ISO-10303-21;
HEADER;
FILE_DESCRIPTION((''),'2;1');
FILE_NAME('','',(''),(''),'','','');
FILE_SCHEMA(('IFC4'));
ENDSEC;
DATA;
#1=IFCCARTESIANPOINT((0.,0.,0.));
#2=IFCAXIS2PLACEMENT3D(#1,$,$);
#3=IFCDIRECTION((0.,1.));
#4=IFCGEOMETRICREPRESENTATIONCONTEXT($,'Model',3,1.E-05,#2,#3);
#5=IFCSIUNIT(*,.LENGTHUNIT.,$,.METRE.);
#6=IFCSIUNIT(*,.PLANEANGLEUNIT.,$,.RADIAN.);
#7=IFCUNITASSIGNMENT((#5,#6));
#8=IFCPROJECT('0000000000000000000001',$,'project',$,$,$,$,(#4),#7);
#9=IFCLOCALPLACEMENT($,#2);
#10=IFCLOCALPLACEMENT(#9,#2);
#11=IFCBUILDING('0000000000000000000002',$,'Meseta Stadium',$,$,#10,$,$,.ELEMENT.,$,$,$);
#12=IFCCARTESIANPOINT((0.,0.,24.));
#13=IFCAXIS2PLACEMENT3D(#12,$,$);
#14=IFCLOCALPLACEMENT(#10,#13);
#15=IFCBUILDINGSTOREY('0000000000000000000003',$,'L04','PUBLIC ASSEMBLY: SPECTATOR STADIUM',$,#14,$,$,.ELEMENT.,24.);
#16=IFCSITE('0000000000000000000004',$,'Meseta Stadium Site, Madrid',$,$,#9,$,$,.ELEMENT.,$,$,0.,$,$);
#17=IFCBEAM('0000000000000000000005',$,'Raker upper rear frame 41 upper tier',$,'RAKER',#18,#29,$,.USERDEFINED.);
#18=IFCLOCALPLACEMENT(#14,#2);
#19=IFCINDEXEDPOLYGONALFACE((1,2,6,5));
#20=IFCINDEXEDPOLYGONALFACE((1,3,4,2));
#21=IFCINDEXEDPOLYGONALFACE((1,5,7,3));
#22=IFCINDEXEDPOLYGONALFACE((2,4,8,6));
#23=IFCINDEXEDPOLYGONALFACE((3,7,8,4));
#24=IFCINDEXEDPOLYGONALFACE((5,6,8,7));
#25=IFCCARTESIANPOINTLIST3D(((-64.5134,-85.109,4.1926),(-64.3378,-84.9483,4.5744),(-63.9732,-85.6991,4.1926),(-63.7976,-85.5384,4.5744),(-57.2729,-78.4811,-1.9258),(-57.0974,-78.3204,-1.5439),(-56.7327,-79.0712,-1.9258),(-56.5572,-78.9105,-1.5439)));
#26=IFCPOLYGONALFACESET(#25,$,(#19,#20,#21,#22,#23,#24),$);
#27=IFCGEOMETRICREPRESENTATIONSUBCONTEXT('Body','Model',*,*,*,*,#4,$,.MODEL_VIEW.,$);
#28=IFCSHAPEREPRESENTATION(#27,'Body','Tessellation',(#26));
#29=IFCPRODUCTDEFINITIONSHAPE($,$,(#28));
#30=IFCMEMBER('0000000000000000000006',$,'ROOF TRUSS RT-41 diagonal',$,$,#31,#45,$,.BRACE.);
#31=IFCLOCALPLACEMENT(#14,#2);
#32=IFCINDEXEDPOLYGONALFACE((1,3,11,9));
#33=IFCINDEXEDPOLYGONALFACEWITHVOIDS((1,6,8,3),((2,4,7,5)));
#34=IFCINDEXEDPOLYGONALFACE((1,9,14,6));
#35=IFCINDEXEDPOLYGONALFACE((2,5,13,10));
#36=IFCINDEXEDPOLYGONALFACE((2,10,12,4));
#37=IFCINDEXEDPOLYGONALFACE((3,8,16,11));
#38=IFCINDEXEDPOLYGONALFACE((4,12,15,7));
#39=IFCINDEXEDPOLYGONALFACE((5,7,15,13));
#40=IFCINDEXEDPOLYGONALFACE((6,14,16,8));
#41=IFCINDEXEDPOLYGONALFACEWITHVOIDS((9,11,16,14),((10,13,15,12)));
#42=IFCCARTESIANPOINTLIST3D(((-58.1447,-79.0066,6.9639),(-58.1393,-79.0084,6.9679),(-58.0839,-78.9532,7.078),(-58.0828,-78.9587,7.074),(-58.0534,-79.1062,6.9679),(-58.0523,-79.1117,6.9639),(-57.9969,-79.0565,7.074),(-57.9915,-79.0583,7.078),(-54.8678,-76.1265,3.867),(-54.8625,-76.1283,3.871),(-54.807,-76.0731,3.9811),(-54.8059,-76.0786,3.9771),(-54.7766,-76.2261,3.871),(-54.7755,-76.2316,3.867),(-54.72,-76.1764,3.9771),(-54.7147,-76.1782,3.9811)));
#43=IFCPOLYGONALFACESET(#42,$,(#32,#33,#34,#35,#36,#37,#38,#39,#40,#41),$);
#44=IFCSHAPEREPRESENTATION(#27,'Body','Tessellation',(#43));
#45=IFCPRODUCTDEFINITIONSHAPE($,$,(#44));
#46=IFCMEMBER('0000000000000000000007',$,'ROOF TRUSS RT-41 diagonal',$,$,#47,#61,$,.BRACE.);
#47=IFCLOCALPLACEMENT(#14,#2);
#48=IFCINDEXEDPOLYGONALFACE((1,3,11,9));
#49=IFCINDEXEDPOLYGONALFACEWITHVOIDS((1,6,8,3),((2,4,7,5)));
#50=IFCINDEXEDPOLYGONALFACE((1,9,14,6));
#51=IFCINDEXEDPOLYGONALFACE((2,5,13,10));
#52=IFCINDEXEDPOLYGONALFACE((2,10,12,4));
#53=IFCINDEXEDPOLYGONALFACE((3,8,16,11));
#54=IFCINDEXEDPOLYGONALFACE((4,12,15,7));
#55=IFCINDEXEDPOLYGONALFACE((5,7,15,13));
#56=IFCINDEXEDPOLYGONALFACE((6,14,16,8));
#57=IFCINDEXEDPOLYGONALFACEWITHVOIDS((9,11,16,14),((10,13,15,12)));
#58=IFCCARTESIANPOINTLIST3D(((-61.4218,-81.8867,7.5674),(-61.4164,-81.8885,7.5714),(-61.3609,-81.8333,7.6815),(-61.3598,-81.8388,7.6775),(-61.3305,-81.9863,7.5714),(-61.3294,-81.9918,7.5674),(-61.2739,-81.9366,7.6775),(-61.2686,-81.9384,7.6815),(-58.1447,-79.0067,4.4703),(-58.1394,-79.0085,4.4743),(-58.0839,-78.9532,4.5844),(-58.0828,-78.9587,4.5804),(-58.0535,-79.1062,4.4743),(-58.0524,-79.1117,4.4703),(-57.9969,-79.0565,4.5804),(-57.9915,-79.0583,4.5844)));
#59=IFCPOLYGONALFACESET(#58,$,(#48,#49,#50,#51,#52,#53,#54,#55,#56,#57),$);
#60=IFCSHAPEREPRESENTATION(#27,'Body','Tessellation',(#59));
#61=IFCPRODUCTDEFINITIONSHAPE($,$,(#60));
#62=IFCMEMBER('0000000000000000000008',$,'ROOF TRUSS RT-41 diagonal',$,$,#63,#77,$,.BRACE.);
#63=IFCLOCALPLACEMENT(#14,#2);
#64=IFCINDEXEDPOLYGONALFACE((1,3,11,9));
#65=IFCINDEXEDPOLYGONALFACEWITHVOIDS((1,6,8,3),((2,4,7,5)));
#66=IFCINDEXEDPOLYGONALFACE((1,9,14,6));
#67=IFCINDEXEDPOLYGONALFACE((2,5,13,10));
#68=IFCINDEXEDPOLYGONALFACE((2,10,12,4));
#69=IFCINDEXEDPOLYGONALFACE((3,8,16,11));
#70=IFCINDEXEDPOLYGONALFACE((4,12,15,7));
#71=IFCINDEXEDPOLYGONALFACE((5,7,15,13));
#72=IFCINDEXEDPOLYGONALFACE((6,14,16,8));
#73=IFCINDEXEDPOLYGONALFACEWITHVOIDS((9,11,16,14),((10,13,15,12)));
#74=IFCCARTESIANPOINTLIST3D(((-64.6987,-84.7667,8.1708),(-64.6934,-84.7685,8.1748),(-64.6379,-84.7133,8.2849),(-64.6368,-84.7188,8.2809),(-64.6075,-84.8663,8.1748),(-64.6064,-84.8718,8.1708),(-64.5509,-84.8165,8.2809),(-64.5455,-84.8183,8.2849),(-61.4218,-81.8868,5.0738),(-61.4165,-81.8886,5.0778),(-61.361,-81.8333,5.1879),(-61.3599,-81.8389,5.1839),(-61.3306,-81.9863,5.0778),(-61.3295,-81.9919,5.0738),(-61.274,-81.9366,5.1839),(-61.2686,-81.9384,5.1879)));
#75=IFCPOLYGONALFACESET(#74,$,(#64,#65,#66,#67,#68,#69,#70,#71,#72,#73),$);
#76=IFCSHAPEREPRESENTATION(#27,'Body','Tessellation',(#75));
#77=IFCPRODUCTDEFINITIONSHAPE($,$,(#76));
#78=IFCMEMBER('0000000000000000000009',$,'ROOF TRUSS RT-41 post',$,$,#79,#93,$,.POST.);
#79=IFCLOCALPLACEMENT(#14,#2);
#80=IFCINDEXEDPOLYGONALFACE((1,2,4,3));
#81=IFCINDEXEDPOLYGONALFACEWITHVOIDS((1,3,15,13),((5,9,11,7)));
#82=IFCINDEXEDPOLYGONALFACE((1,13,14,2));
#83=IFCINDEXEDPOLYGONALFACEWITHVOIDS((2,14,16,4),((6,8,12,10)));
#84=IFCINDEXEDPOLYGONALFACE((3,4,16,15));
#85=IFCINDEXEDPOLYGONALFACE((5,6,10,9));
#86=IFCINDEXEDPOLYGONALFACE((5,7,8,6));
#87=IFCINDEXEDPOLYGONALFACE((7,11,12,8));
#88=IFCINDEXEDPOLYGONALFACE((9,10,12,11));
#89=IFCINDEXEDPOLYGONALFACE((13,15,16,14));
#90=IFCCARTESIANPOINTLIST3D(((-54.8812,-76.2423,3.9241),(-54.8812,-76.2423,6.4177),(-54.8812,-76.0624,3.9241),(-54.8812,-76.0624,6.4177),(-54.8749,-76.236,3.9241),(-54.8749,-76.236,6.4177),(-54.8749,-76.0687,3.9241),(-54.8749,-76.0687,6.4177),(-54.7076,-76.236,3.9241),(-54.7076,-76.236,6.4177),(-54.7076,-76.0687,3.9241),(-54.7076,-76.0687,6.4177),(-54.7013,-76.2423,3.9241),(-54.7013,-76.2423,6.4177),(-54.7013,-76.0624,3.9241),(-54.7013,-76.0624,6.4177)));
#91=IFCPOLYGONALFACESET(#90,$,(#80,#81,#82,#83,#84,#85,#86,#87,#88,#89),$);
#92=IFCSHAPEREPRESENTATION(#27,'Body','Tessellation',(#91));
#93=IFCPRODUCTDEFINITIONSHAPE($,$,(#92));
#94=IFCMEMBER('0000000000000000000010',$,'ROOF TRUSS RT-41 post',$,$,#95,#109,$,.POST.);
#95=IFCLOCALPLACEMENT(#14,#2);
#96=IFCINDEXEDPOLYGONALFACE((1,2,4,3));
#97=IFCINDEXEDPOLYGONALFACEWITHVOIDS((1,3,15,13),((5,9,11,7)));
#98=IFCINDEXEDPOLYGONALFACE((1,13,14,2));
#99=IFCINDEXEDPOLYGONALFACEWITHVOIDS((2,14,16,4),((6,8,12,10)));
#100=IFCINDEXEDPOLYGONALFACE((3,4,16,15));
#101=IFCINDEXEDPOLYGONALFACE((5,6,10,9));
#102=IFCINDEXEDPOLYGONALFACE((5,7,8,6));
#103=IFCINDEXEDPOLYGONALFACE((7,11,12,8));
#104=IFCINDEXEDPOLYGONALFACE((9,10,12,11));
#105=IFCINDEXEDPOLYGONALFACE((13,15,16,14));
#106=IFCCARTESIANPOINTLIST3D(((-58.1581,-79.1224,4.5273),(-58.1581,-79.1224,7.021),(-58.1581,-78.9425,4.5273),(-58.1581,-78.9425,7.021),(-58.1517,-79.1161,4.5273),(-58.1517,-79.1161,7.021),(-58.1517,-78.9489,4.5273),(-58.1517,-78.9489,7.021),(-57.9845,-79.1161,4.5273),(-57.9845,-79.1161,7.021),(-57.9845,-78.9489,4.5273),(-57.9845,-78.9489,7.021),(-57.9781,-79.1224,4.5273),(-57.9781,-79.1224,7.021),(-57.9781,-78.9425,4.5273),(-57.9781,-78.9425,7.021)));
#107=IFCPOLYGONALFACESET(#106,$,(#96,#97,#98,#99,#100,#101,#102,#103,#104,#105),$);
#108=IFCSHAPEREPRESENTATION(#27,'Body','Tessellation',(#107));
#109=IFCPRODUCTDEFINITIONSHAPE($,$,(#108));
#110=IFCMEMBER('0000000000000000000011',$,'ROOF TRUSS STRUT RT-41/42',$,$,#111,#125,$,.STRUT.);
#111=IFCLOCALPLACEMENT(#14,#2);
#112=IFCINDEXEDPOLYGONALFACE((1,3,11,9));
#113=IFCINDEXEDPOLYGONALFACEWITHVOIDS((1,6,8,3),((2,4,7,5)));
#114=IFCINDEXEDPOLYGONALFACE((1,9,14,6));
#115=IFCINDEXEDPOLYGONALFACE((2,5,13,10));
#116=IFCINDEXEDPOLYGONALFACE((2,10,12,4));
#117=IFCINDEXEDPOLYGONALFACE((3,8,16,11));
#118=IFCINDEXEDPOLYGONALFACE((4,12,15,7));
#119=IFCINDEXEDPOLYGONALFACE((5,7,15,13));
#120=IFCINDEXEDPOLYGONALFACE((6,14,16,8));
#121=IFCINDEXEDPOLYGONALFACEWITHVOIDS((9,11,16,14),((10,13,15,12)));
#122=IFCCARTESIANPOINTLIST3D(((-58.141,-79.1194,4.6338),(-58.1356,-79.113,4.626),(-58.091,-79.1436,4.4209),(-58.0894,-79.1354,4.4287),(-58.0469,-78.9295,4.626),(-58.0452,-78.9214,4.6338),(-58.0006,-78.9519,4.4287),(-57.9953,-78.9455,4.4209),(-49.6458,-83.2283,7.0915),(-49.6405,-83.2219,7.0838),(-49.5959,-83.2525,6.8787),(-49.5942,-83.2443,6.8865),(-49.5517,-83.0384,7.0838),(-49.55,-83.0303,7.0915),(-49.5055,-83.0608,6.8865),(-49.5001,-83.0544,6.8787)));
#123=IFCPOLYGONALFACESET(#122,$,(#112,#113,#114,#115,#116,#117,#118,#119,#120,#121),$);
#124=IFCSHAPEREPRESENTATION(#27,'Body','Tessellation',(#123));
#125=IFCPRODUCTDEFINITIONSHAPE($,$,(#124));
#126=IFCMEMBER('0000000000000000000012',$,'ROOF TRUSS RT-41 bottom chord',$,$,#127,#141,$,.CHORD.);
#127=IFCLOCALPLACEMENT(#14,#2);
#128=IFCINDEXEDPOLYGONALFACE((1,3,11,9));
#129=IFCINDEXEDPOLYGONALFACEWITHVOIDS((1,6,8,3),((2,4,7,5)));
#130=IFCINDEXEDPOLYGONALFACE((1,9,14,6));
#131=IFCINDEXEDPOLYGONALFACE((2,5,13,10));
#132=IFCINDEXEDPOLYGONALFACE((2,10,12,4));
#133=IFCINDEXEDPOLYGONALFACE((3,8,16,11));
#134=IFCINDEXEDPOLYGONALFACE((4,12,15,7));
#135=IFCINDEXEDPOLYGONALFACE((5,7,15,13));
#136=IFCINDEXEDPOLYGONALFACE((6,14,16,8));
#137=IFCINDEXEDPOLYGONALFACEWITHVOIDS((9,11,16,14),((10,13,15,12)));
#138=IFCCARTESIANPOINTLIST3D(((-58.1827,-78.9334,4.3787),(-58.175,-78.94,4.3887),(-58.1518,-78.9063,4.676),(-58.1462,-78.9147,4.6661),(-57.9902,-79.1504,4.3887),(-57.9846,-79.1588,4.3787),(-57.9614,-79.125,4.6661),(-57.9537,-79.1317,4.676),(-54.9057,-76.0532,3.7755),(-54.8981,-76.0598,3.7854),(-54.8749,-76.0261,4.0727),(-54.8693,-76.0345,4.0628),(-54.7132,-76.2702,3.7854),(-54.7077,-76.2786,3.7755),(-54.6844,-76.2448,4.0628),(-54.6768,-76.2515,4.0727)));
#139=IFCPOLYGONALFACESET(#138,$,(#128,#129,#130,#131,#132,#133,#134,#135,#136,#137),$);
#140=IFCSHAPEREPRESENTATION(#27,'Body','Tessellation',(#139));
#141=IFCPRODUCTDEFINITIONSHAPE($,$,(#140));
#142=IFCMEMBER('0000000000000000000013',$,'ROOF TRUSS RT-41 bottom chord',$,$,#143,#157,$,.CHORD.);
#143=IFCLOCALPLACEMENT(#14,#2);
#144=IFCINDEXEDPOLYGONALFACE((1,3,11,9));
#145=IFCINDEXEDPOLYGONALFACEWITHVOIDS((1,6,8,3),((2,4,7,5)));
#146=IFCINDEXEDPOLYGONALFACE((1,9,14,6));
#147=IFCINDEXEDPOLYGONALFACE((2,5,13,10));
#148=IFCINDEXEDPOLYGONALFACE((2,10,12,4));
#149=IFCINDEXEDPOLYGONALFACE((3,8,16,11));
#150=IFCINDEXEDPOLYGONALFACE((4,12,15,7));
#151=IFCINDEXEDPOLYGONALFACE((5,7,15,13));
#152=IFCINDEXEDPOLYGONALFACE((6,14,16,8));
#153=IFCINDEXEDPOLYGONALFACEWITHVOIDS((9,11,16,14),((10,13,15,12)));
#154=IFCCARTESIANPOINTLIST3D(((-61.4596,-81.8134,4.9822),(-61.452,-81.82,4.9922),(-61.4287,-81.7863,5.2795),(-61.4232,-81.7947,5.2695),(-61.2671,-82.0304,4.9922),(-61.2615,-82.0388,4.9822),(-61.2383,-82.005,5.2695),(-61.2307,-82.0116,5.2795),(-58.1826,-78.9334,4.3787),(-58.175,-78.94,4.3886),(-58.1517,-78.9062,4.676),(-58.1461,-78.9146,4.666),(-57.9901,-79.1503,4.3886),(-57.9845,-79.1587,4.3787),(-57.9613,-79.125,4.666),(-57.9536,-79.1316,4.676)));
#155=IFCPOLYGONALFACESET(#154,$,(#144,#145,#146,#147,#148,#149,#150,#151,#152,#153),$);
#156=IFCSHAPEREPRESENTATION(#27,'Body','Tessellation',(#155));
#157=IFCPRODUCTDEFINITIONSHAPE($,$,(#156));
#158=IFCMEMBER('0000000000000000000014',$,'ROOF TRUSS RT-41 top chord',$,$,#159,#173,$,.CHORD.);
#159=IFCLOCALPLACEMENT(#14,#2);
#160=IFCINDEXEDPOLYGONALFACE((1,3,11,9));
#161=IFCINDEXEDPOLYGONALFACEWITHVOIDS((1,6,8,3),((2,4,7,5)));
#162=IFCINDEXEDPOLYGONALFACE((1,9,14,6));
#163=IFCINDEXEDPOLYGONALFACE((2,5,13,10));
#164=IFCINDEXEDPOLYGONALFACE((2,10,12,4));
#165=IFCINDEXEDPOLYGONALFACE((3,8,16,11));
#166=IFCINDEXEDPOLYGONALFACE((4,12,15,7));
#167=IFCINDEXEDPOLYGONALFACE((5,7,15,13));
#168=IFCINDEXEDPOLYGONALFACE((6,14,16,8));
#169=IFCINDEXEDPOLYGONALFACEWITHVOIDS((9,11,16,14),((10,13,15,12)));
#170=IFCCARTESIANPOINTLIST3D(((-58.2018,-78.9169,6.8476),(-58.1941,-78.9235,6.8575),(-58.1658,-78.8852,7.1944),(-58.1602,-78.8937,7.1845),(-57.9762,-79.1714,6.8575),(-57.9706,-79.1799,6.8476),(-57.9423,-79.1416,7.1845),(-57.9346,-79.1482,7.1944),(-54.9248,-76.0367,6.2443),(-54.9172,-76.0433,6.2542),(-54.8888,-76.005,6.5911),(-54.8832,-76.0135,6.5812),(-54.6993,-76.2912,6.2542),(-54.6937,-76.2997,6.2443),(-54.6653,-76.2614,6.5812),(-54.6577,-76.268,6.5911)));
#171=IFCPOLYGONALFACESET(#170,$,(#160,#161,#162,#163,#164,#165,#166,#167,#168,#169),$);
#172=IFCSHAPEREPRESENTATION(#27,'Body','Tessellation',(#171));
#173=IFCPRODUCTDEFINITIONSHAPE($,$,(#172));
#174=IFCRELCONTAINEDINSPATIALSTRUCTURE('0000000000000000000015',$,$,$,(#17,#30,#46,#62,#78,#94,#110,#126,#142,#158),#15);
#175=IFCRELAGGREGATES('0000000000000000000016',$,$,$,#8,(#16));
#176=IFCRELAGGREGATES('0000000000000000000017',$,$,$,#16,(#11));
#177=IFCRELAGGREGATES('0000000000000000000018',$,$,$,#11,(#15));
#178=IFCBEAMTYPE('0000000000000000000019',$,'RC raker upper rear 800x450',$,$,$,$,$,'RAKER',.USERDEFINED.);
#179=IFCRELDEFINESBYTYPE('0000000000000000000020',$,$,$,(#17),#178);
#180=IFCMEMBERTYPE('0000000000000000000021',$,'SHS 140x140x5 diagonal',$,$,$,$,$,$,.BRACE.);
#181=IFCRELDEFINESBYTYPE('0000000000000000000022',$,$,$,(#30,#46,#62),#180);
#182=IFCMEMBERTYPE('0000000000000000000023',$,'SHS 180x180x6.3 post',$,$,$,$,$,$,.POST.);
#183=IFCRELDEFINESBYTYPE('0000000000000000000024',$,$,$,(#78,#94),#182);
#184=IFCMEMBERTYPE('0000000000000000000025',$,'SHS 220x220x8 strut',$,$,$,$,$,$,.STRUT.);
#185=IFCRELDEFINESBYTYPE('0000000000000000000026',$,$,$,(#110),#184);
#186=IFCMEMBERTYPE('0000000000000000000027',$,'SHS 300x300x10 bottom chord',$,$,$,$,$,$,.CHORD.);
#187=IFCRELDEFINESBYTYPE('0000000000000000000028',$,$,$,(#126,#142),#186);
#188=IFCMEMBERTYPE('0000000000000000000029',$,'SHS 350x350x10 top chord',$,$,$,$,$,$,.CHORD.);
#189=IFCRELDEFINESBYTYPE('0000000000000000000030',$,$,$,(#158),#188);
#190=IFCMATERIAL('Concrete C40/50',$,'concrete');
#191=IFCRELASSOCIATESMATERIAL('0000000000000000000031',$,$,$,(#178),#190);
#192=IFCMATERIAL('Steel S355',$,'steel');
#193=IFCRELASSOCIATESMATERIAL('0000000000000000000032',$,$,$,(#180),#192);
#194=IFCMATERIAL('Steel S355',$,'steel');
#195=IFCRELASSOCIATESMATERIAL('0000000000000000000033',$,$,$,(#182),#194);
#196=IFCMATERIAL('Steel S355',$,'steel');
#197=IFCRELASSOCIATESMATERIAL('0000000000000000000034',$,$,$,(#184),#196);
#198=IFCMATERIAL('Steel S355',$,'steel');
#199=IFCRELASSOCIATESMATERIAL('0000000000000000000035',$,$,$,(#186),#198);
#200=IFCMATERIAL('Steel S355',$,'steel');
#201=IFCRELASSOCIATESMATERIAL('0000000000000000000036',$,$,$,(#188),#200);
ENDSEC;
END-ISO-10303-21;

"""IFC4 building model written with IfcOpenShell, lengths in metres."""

from ifc_helpers import new_model, si_unit, direction, frame, origin, origin_2d, place, context, subcontext, project, spatial, rectangle, hollow_rectangle, extrude, material, material_profile, profile_set, type_object, element, save


model = new_model("IFC4")

# Units and contexts
model_context = context("Model", 3, precision=1e-05, world=origin(), true_north=direction((0.0, 1.0)))
body_context = subcontext(model_context, "Body", "Model", "MODEL_VIEW")
ifc_project = project(units=[si_unit("LENGTHUNIT", "METRE"), si_unit("PLANEANGLEUNIT", "RADIAN")], contexts=[model_context])

# Site, building, storey
site_placement = place(None, origin())
site = spatial("IfcSite", under=ifc_project, at=site_placement, Name="Meseta Stadium Site, Madrid", CompositionType="ELEMENT", RefElevation=0.0)
building_placement = place(site_placement, origin())
building = spatial("IfcBuilding", under=site, at=building_placement, Name="Meseta Stadium", CompositionType="ELEMENT")
storey_placement = place(building_placement, frame((0.0, 0.0, 24.0)))
storey = spatial("IfcBuildingStorey", under=building, at=storey_placement, Name="L04", Description="PUBLIC ASSEMBLY: SPECTATOR STADIUM", CompositionType="ELEMENT", Elevation=24.0)

# Beam
ifc_material_1 = material(Name="Concrete C40/50", Category="concrete")
ifc_material_profile_1 = material_profile(ifc_material_1, rectangle(XDim=0.8, YDim=0.45, at=origin_2d()), Name="RC 800x450")
ifc_profile_set_1 = profile_set([ifc_material_profile_1], Name="Concrete C40/50")
beam_type = type_object("IfcBeamType", Name="RC raker upper rear 800x450", ElementType="RAKER", PredefinedType="USERDEFINED", material=ifc_profile_set_1)
beam_placement = place(storey_placement, frame((-56.915, -78.6958, -1.7349), z_axis=(-0.625975, -0.573017, 0.528967), x_axis=(0.675217, -0.73762, 0.0)))
element("IfcBeam", 1, at=beam_placement, inside=storey, type_object=beam_type, Name="Raker upper rear frame 41 upper tier", ObjectType="RAKER", PredefinedType="USERDEFINED", context=body_context, shape_type="SweptSolid", body=[
    extrude(rectangle(XDim=0.8, YDim=0.45, at=origin_2d()), origin(), (0.0, 0.0, 1.0), 11.5667),
])

# Members
ifc_material_2 = material(Name="Steel S355", Category="steel")
ifc_material_profile_2 = material_profile(ifc_material_2, hollow_rectangle(XDim=0.1399, YDim=0.1399, WallThickness=0.0049, at=origin_2d()), Name="SHS 140x140x5")
ifc_profile_set_2 = profile_set([ifc_material_profile_2], Name="Steel S355")
member_type_1 = type_object("IfcMemberType", Name="SHS 140x140x5 diagonal", PredefinedType="BRACE", material=ifc_profile_set_2)
member_1_placement = place(storey_placement, frame((-54.7913, -76.1523, 3.9241), z_axis=(-0.612482, -0.538329, 0.578851), x_axis=(0.660175, -0.751112, 0.0)))
element("IfcMember", 2, at=member_1_placement, inside=storey, type_object=member_type_1, Name="ROOF TRUSS RT-41 diagonal", PredefinedType="BRACE", context=body_context, shape_type="SweptSolid", body=[
    extrude(hollow_rectangle(XDim=0.1399, YDim=0.1399, WallThickness=0.0049, at=origin_2d()), origin(), (0.0, 0.0, 1.0), 5.3501),
])
member_2_placement = place(storey_placement, frame((-58.0681, -79.0325, 4.5273), z_axis=(-0.612494, -0.5383, 0.578865), x_axis=(0.660147, -0.751136, 0.0)))
element("IfcMember", 3, at=member_2_placement, inside=storey, type_object=member_type_1, Name="ROOF TRUSS RT-41 diagonal", PredefinedType="BRACE", context=body_context, shape_type="SweptSolid", body=[
    extrude(hollow_rectangle(XDim=0.1399, YDim=0.1399, WallThickness=0.0049, at=origin_2d()), origin(), (0.0, 0.0, 1.0), 5.3503),
])
member_3_placement = place(storey_placement, frame((-61.3452, -81.9126, 5.1309), z_axis=(-0.612497, -0.538296, 0.578865), x_axis=(0.660143, -0.75114, 0.0)))
element("IfcMember", 4, at=member_3_placement, inside=storey, type_object=member_type_1, Name="ROOF TRUSS RT-41 diagonal", PredefinedType="BRACE", context=body_context, shape_type="SweptSolid", body=[
    extrude(hollow_rectangle(XDim=0.1399, YDim=0.1399, WallThickness=0.0049, at=origin_2d()), origin(), (0.0, 0.0, 1.0), 5.3501),
])
ifc_material_3 = material(Name="Steel S355", Category="steel")
ifc_material_profile_3 = material_profile(ifc_material_3, hollow_rectangle(XDim=0.1799, YDim=0.1799, WallThickness=0.0063, at=origin_2d()), Name="SHS 180x180x6.3")
ifc_profile_set_3 = profile_set([ifc_material_profile_3], Name="Steel S355")
member_type_2 = type_object("IfcMemberType", Name="SHS 180x180x6.3 post", PredefinedType="POST", material=ifc_profile_set_3)
for number, where, z_axis, x_axis, name in (
    (5, (-54.7913, -76.1523, 3.9241), (0.0, 0.0, 1.0), (1.0, 0.0, 0.0), "ROOF TRUSS RT-41 post"),
    (6, (-58.0681, -79.0325, 4.5273), (0.0, 0.0, 1.0), (1.0, 0.0, 0.0), "ROOF TRUSS RT-41 post"),
):
    element("IfcMember", number, at=place(storey_placement, frame(where, z_axis=z_axis, x_axis=x_axis)), inside=storey, type_object=member_type_2, Name=name, PredefinedType="POST", context=body_context, shape_type="SweptSolid", body=[
        extrude(hollow_rectangle(XDim=0.1799, YDim=0.1799, WallThickness=0.0063, at=origin_2d()), origin(), (0.0, 0.0, 1.0), 2.4937),
    ])
ifc_material_4 = material(Name="Steel S355", Category="steel")
ifc_material_profile_4 = material_profile(ifc_material_4, hollow_rectangle(XDim=0.22, YDim=0.22, WallThickness=0.0081, at=origin_2d()), Name="SHS 220x220x8")
ifc_profile_set_4 = profile_set([ifc_material_profile_4], Name="Steel S355")
member_type_3 = type_object("IfcMemberType", Name="SHS 220x220x8 strut", PredefinedType="STRUT", material=ifc_profile_set_4)
member_4_placement = place(storey_placement, frame((-58.0681, -79.0325, 4.5273), z_axis=(0.871165, -0.421362, 0.252041), x_axis=(0.435419, 0.900228, 0.0)))
element("IfcMember", 7, at=member_4_placement, inside=storey, type_object=member_type_3, Name="ROOF TRUSS STRUT RT-41/42", PredefinedType="STRUT", context=body_context, shape_type="SweptSolid", body=[
    extrude(hollow_rectangle(XDim=0.22, YDim=0.22, WallThickness=0.0081, at=origin_2d()), origin(), (0.0, 0.0, 1.0), 9.7515),
])
ifc_material_5 = material(Name="Steel S355", Category="steel")
ifc_material_profile_5 = material_profile(ifc_material_5, hollow_rectangle(XDim=0.3, YDim=0.3, WallThickness=0.01, at=origin_2d()), Name="SHS 300x300x10")
ifc_profile_set_5 = profile_set([ifc_material_profile_5], Name="Steel S355")
member_type_4 = type_object("IfcMemberType", Name="SHS 300x300x10 bottom chord", PredefinedType="CHORD", material=ifc_profile_set_5)
for number, where, z_axis, x_axis, name in (
    (8, (-54.7913, -76.1523, 3.9241), (-0.744032, -0.653952, 0.136977), (0.660175, -0.751112, 0.0), "ROOF TRUSS RT-41 bottom chord"),
    (9, (-58.0681, -79.0325, 4.5273), (-0.744051, -0.65392, 0.137026), (0.660147, -0.751136, 0.0), "ROOF TRUSS RT-41 bottom chord"),
):
    element("IfcMember", number, at=place(storey_placement, frame(where, z_axis=z_axis, x_axis=x_axis)), inside=storey, type_object=member_type_4, Name=name, PredefinedType="CHORD", context=body_context, shape_type="SweptSolid", body=[
        extrude(hollow_rectangle(XDim=0.3, YDim=0.3, WallThickness=0.01, at=origin_2d()), origin(), (0.0, 0.0, 1.0), 4.4043),
    ])
ifc_material_6 = material(Name="Steel S355", Category="steel")
ifc_material_profile_6 = material_profile(ifc_material_6, hollow_rectangle(XDim=0.3501, YDim=0.3501, WallThickness=0.01, at=origin_2d()), Name="SHS 350x350x10")
ifc_profile_set_6 = profile_set([ifc_material_profile_6], Name="Steel S355")
member_type_5 = type_object("IfcMemberType", Name="SHS 350x350x10 top chord", PredefinedType="CHORD", material=ifc_profile_set_6)
member_5_placement = place(storey_placement, frame((-54.7913, -76.1523, 6.4177), z_axis=(-0.744032, -0.653952, 0.136977), x_axis=(0.660175, -0.751112, 0.0)))
element("IfcMember", 10, at=member_5_placement, inside=storey, type_object=member_type_5, Name="ROOF TRUSS RT-41 top chord", PredefinedType="CHORD", context=body_context, shape_type="SweptSolid", body=[
    extrude(hollow_rectangle(XDim=0.3501, YDim=0.3501, WallThickness=0.01, at=origin_2d()), origin(), (0.0, 0.0, 1.0), 4.4043),
])

save(model, "model.ifc")
